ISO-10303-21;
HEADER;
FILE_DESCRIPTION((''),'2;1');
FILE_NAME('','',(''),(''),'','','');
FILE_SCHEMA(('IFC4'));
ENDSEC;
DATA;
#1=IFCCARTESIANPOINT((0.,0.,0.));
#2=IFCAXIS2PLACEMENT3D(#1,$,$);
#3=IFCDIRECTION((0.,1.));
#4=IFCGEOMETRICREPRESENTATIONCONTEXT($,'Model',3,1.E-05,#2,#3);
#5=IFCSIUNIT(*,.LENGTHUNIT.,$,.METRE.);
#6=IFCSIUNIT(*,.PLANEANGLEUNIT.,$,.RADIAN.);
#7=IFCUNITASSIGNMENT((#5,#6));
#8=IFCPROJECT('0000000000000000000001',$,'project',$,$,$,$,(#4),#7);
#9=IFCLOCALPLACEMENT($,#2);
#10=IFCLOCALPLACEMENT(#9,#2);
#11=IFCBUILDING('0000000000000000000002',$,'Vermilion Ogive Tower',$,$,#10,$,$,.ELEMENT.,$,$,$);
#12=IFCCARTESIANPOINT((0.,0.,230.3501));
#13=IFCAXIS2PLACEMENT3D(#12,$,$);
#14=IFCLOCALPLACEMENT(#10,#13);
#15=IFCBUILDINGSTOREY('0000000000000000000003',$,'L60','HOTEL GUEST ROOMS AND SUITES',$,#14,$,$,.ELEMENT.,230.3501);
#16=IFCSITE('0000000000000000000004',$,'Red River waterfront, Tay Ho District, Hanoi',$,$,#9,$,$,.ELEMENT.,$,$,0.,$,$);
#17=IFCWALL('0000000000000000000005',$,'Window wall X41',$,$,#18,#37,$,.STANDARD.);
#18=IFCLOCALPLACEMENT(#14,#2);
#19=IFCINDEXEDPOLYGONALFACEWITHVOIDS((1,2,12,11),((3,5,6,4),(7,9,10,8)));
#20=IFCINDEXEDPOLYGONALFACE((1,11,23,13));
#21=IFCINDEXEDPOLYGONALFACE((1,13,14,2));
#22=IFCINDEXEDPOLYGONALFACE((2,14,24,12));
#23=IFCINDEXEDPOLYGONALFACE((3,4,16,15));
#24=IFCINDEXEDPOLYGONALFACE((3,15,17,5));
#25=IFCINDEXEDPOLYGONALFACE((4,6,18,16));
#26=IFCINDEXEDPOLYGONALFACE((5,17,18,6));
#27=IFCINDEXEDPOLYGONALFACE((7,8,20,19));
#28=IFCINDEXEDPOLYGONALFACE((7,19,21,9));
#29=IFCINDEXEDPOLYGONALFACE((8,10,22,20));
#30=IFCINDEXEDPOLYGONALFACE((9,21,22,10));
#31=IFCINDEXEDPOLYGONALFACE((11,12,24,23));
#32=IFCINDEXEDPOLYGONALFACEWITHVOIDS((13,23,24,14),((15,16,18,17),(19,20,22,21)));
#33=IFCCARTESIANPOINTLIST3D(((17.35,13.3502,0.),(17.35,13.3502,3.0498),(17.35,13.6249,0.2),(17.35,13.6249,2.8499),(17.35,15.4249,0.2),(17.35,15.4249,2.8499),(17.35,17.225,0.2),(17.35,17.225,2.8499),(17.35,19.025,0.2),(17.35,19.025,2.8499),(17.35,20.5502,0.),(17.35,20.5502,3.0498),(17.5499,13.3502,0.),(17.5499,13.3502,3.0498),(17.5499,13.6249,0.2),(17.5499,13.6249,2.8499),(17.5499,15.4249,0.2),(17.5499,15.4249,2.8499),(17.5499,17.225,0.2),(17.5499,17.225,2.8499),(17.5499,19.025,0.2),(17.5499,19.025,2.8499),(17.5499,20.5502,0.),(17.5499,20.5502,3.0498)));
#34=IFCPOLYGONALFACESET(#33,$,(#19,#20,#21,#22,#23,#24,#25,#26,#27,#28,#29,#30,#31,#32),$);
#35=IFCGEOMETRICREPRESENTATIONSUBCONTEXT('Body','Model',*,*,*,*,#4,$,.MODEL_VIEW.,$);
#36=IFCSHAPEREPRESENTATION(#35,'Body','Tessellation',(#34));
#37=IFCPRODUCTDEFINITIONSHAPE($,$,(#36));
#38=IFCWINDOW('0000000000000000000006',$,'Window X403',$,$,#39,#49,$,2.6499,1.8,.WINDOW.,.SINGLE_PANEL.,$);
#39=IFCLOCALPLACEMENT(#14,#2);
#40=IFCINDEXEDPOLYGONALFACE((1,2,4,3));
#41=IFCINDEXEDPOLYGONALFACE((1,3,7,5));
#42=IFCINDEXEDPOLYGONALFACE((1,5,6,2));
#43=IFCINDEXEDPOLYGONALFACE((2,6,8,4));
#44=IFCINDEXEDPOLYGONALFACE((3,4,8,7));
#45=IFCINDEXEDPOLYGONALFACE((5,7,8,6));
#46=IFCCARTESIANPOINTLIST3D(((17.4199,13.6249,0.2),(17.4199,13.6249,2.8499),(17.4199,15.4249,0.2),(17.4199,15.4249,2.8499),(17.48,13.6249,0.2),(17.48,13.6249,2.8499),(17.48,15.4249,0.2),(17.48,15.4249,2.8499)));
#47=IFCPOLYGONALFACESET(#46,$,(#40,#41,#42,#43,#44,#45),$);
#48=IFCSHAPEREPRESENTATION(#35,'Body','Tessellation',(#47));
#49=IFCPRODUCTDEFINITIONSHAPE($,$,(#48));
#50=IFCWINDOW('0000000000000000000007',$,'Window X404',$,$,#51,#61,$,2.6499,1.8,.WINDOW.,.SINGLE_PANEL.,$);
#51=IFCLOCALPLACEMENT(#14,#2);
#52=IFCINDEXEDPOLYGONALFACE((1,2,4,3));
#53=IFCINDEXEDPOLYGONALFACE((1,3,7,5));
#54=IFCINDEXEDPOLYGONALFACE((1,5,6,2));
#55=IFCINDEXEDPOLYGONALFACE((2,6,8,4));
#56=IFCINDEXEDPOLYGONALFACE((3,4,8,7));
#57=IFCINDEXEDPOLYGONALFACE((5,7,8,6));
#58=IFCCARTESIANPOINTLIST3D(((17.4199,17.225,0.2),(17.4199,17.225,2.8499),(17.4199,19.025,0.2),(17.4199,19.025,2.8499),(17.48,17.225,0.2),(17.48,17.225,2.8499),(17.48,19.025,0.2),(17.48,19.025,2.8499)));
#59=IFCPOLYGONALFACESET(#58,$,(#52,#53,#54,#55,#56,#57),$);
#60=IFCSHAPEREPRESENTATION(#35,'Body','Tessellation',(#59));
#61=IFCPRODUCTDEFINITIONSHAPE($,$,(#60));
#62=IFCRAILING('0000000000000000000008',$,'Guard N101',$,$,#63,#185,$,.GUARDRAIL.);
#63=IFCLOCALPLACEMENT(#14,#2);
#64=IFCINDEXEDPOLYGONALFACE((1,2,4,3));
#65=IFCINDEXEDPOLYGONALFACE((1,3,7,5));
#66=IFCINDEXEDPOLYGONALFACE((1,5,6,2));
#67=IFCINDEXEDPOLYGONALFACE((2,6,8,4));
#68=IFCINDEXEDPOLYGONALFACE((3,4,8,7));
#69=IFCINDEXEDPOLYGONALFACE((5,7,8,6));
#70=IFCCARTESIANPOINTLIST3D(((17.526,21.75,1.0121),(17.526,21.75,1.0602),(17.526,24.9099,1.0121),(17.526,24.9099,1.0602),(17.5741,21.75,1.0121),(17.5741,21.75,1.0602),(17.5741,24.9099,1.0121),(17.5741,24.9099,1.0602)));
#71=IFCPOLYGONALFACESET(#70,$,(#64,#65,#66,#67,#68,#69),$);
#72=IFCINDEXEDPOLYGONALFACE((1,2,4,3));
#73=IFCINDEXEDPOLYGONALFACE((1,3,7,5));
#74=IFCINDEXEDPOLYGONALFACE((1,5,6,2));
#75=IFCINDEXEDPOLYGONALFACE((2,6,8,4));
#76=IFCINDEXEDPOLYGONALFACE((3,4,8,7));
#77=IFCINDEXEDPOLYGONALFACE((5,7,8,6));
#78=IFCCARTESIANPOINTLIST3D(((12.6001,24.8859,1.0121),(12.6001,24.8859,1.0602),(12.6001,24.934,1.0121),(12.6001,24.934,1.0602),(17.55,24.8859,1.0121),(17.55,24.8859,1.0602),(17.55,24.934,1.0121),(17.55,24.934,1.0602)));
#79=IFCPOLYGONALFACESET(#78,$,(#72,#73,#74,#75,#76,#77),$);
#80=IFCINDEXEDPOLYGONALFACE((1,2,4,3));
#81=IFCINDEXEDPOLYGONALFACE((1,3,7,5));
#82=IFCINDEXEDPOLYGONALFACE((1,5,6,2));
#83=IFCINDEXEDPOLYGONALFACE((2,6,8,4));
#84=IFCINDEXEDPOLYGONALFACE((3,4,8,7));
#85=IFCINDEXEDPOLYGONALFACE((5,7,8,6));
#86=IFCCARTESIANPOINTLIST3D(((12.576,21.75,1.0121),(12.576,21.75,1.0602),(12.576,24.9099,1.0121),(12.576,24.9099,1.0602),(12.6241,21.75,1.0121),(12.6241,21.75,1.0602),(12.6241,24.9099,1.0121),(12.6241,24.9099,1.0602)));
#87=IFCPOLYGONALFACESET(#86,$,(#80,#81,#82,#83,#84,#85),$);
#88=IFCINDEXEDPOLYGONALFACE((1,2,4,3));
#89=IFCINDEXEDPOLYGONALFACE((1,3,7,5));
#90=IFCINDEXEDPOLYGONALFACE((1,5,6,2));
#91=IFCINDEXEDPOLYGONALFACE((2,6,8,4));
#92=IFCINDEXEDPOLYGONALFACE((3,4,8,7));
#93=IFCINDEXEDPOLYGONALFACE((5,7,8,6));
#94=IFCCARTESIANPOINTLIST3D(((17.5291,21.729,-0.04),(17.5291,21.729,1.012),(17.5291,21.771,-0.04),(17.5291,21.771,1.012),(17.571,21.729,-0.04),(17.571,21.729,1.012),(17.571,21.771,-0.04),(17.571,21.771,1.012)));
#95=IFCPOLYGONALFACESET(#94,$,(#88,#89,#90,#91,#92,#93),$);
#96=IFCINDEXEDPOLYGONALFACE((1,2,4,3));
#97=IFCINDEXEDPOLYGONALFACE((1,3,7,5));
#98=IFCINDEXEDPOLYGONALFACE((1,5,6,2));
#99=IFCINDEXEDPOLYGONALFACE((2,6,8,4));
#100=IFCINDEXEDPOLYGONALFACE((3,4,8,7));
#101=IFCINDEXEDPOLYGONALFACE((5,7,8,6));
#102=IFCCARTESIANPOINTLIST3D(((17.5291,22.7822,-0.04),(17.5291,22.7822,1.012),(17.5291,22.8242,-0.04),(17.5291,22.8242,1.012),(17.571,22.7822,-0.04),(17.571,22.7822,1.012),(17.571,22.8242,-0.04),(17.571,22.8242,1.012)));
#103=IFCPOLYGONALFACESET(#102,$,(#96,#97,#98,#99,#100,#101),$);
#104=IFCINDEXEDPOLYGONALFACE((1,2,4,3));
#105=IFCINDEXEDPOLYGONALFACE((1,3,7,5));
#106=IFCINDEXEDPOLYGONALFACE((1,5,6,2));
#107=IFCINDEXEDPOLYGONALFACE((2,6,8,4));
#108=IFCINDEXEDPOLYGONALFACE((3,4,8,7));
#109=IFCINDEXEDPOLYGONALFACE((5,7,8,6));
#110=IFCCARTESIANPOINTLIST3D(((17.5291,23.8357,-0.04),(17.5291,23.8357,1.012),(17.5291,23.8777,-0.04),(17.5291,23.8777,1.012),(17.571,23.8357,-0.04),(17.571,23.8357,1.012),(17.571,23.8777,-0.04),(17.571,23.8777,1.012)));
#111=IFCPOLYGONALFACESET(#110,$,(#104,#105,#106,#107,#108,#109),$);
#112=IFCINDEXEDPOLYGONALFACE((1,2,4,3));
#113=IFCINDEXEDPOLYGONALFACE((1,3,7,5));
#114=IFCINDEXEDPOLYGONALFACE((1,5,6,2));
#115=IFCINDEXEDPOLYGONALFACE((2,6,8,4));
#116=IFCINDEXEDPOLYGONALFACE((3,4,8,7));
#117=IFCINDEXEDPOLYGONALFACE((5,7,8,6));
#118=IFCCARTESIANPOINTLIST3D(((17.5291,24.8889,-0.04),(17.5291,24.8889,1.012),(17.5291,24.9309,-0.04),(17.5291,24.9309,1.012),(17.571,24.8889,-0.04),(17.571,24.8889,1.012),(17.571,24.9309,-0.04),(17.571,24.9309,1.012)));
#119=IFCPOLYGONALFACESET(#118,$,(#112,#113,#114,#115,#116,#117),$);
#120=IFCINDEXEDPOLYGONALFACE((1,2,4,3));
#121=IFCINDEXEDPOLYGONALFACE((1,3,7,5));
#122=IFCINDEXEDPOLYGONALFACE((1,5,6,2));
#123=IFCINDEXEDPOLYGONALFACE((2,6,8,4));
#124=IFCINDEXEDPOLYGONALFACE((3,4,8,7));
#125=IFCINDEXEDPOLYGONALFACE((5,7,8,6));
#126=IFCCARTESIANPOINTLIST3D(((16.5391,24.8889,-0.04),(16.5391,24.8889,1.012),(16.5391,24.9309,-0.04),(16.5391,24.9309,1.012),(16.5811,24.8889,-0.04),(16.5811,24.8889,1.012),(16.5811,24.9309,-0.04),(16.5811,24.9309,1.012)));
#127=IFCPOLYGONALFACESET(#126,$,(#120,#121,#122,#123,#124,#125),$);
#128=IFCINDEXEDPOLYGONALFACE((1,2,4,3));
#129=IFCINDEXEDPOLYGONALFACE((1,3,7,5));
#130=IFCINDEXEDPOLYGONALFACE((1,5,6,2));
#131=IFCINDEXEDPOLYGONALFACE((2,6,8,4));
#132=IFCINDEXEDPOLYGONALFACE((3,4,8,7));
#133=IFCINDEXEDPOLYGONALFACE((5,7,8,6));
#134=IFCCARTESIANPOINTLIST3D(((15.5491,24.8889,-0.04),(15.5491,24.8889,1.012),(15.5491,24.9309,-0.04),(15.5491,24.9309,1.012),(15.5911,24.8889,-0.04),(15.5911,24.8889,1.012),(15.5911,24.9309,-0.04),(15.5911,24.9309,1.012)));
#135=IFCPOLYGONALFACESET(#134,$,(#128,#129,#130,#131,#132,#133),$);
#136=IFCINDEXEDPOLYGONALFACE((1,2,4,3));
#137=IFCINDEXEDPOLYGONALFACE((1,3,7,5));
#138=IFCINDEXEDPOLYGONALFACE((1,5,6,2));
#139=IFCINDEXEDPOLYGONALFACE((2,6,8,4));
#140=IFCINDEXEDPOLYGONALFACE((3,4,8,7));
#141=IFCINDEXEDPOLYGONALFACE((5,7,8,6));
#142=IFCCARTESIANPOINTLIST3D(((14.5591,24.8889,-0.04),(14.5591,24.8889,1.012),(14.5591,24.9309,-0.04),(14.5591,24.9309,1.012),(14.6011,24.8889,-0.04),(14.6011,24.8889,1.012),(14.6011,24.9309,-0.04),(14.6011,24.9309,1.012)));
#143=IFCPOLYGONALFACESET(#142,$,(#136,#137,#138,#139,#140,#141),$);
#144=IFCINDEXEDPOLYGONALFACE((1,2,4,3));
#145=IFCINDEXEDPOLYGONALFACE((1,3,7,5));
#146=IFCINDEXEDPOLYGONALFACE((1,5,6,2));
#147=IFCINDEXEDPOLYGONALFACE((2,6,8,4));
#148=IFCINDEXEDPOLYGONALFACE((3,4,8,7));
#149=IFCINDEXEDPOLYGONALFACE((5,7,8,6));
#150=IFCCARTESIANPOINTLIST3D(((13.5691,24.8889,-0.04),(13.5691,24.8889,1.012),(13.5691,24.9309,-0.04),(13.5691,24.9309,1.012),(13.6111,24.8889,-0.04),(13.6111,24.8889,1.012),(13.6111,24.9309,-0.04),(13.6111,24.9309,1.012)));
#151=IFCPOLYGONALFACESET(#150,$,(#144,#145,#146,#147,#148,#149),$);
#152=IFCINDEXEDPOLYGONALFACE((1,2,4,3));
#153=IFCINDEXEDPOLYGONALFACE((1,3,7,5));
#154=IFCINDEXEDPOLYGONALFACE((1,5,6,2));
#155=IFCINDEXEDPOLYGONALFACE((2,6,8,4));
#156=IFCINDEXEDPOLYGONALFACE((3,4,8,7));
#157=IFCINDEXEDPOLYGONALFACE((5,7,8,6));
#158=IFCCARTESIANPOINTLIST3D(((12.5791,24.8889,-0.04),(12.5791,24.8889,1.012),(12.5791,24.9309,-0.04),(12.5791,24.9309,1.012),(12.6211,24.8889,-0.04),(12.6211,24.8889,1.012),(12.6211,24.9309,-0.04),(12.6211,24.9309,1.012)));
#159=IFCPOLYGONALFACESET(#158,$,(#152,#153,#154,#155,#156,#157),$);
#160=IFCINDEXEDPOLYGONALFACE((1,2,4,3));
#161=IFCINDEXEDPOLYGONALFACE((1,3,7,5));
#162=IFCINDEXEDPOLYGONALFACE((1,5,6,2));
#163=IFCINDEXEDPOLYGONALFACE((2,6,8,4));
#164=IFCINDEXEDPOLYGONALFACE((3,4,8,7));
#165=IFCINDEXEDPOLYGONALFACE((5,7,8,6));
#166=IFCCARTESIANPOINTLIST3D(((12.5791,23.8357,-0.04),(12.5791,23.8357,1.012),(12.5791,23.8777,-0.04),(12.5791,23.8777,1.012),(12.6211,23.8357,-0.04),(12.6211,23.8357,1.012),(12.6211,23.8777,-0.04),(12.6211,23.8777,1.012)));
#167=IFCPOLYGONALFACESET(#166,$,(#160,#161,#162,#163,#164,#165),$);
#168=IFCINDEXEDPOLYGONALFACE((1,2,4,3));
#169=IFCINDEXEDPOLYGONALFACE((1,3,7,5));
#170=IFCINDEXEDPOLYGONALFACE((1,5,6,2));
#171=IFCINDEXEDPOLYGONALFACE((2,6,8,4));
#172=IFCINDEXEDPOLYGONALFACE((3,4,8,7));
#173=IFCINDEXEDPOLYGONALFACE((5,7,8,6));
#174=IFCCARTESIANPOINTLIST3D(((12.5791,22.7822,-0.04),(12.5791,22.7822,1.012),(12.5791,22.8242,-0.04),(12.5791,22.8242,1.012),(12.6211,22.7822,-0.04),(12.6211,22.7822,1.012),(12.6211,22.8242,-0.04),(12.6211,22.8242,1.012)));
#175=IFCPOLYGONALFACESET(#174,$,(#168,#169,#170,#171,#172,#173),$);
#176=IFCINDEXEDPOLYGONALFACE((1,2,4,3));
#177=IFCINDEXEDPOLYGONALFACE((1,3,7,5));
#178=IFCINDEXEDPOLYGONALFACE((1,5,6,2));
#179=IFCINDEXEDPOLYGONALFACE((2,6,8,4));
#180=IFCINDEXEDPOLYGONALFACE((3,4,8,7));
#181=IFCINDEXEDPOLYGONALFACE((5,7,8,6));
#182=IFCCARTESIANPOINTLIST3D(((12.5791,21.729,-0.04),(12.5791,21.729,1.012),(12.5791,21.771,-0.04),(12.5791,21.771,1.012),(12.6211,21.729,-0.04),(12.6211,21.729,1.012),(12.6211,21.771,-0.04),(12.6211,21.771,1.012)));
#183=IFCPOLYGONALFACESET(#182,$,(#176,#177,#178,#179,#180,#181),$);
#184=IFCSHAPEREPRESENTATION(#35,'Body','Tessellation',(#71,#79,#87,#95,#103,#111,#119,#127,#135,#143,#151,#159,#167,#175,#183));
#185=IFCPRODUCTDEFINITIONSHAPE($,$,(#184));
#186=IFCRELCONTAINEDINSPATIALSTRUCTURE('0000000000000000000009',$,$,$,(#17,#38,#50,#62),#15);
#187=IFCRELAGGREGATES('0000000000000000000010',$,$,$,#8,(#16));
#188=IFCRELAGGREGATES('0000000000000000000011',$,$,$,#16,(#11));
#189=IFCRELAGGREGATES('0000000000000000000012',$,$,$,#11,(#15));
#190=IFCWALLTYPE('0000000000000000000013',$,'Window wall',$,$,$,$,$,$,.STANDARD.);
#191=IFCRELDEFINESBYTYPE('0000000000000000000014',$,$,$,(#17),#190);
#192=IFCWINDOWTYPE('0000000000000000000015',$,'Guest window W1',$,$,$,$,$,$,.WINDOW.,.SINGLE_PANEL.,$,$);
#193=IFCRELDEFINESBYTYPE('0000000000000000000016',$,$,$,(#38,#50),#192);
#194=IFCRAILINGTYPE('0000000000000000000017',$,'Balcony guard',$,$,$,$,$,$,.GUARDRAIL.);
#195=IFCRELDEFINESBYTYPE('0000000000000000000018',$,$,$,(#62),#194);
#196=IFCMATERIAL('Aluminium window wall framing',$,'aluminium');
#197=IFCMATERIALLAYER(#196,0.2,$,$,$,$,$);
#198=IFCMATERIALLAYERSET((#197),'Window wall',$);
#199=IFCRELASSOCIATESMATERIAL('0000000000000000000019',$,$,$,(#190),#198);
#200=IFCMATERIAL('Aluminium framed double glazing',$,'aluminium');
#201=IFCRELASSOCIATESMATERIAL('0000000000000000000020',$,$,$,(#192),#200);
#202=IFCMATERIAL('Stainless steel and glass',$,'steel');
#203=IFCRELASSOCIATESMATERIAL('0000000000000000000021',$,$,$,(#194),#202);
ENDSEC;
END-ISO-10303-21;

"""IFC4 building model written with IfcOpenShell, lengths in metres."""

from ifc_helpers import new_model, si_unit, direction, frame, frame_2d, origin, origin_2d, place, context, subcontext, project, spatial, rectangle, extrude, material, layer, layer_set, type_object, element, fill, save


model = new_model("IFC4")

# Units and contexts
model_context = context("Model", 3, precision=1e-05, world=origin(), true_north=direction((0.0, 1.0)))
body_context = subcontext(model_context, "Body", "Model", "MODEL_VIEW")
ifc_project = project(units=[si_unit("LENGTHUNIT", "METRE"), si_unit("PLANEANGLEUNIT", "RADIAN")], contexts=[model_context])

# Site, building, storey
site_placement = place(None, origin())
site = spatial("IfcSite", under=ifc_project, at=site_placement, Name="Red River waterfront, Tay Ho District, Hanoi", CompositionType="ELEMENT", RefElevation=0.0)
building_placement = place(site_placement, origin())
building = spatial("IfcBuilding", under=site, at=building_placement, Name="Vermilion Ogive Tower", CompositionType="ELEMENT")
storey_placement = place(building_placement, frame((0.0, 0.0, 230.3501)))
storey = spatial("IfcBuildingStorey", under=building, at=storey_placement, Name="L60", Description="HOTEL GUEST ROOMS AND SUITES", CompositionType="ELEMENT", Elevation=230.3501)

# Shared definitions
ifc_material_1 = material(Name="Aluminium window wall framing", Category="aluminium")
ifc_layer_1 = layer(ifc_material_1, 0.2)
ifc_layer_set_1 = layer_set([ifc_layer_1], Name="Window wall")
wall_type_1 = type_object("IfcWallType", Name="Window wall", PredefinedType="STANDARD", material=ifc_layer_set_1)

# Wall, openings, windows
wall_1_placement = place(storey_placement, frame((17.45, 13.3501, 0.0), z_axis=(0.0, 0.0, 1.0), x_axis=(0.0, 1.0, 0.0)))
wall_1 = element("IfcWall", 1, at=wall_1_placement, inside=storey, type_object=wall_type_1, Name="Window wall X41", PredefinedType="STANDARD", context=body_context, shape_type="SweptSolid", body=[
    extrude(rectangle(XDim=7.2, YDim=0.2, at=frame_2d((3.6001, 0.0))), origin(), (0.0, 0.0, 1.0), 3.0498),
])
opening_1_placement = place(wall_1_placement, frame((0.2749, 0.0, 0.2)))
opening_1 = element("IfcOpeningElement", 2, at=opening_1_placement, cuts=wall_1, PredefinedType="OPENING", context=body_context, shape_type="SweptSolid", body=[
    extrude(rectangle(XDim=1.8, YDim=2.6499, at=frame_2d((0.8999, 1.325))), frame((0.0, 0.1099, 0.0), z_axis=(0.0, -1.0, 0.0), x_axis=(1.0, 0.0, 0.0)), (0.0, 0.0, 1.0), 0.22),
])
opening_2_placement = place(wall_1_placement, frame((3.875, 0.0, 0.2)))
opening_2 = element("IfcOpeningElement", 3, at=opening_2_placement, cuts=wall_1, PredefinedType="OPENING", context=body_context, shape_type="SweptSolid", body=[
    extrude(rectangle(XDim=1.8, YDim=2.6499, at=frame_2d((0.8999, 1.325))), frame((0.0, 0.1099, 0.0), z_axis=(0.0, -1.0, 0.0), x_axis=(1.0, 0.0, 0.0)), (0.0, 0.0, 1.0), 0.22),
])
ifc_material_2 = material(Name="Aluminium framed double glazing", Category="aluminium")
window_type = type_object("IfcWindowType", Name="Guest window W1", PartitioningType="SINGLE_PANEL", PredefinedType="WINDOW", material=ifc_material_2)
window_1_placement = place(opening_1_placement, origin())
window_1 = element("IfcWindow", 4, at=window_1_placement, inside=storey, type_object=window_type, Name="Window X403", OverallHeight=2.6499, OverallWidth=1.8, PartitioningType="SINGLE_PANEL", PredefinedType="WINDOW", context=body_context, shape_type="SweptSolid", body=[
    extrude(rectangle(XDim=1.8, YDim=2.6499, at=frame_2d((0.8999, 1.325))), frame((0.0, 0.03, 0.0), z_axis=(0.0, -1.0, 0.0), x_axis=(1.0, 0.0, 0.0)), (0.0, 0.0, 1.0), 0.0601),
])
fill(opening_1, window_1)
window_2_placement = place(opening_2_placement, origin())
window_2 = element("IfcWindow", 5, at=window_2_placement, inside=storey, type_object=window_type, Name="Window X404", OverallHeight=2.6499, OverallWidth=1.8, PartitioningType="SINGLE_PANEL", PredefinedType="WINDOW", context=body_context, shape_type="SweptSolid", body=[
    extrude(rectangle(XDim=1.8, YDim=2.6499, at=frame_2d((0.8999, 1.325))), frame((0.0, 0.03, 0.0), z_axis=(0.0, -1.0, 0.0), x_axis=(1.0, 0.0, 0.0)), (0.0, 0.0, 1.0), 0.0601),
])
fill(opening_2, window_2)

# Railing
ifc_material_3 = material(Name="Stainless steel and glass", Category="steel")
railing_type = type_object("IfcRailingType", Name="Balcony guard", PredefinedType="GUARDRAIL", material=ifc_material_3)
railing_placement = place(storey_placement, frame((17.55, 21.75, -0.04)))
element("IfcRailing", 6, at=railing_placement, inside=storey, type_object=railing_type, Name="Guard N101", PredefinedType="GUARDRAIL", context=body_context, shape_type="SweptSolid", body=[
    extrude(rectangle(XDim=0.0481, YDim=0.0481, at=origin_2d()), frame((0.0, 0.0, 1.0762), z_axis=(0.0, 1.0, 0.0), x_axis=(-1.0, 0.0, 0.0)), (0.0, 0.0, 1.0), 3.1599),
    extrude(rectangle(XDim=0.0481, YDim=0.0481, at=origin_2d()), frame((0.0, 3.1599, 1.0762), z_axis=(-1.0, 0.0, 0.0), x_axis=(0.0, -1.0, 0.0)), (0.0, 0.0, 1.0), 4.95),
    extrude(rectangle(XDim=0.0481, YDim=0.0481, at=origin_2d()), frame((-4.95, 3.1599, 1.0762), z_axis=(0.0, -1.0, 0.0), x_axis=(1.0, 0.0, 0.0)), (0.0, 0.0, 1.0), 3.1599),
    extrude(rectangle(XDim=0.042, YDim=0.042, at=origin_2d()), origin(), (0.0, 0.0, 1.0), 1.052),
    extrude(rectangle(XDim=0.042, YDim=0.042, at=origin_2d()), frame((0.0, 1.0532, 0.0)), (0.0, 0.0, 1.0), 1.052),
    extrude(rectangle(XDim=0.042, YDim=0.042, at=origin_2d()), frame((0.0, 2.1067, 0.0)), (0.0, 0.0, 1.0), 1.052),
    extrude(rectangle(XDim=0.042, YDim=0.042, at=origin_2d()), frame((0.0, 3.1599, 0.0)), (0.0, 0.0, 1.0), 1.052),
    extrude(rectangle(XDim=0.042, YDim=0.042, at=origin_2d()), frame((-0.99, 3.1599, 0.0)), (0.0, 0.0, 1.0), 1.052),
    extrude(rectangle(XDim=0.042, YDim=0.042, at=origin_2d()), frame((-1.98, 3.1599, 0.0)), (0.0, 0.0, 1.0), 1.052),
    extrude(rectangle(XDim=0.042, YDim=0.042, at=origin_2d()), frame((-2.97, 3.1599, 0.0)), (0.0, 0.0, 1.0), 1.052),
    extrude(rectangle(XDim=0.042, YDim=0.042, at=origin_2d()), frame((-3.96, 3.1599, 0.0)), (0.0, 0.0, 1.0), 1.052),
    extrude(rectangle(XDim=0.042, YDim=0.042, at=origin_2d()), frame((-4.95, 3.1599, 0.0)), (0.0, 0.0, 1.0), 1.052),
    extrude(rectangle(XDim=0.042, YDim=0.042, at=origin_2d()), frame((-4.95, 2.1067, 0.0)), (0.0, 0.0, 1.0), 1.052),
    extrude(rectangle(XDim=0.042, YDim=0.042, at=origin_2d()), frame((-4.95, 1.0532, 0.0)), (0.0, 0.0, 1.0), 1.052),
    extrude(rectangle(XDim=0.042, YDim=0.042, at=origin_2d()), frame((-4.95, 0.0, 0.0)), (0.0, 0.0, 1.0), 1.052),
])

save(model, "model.ifc")
